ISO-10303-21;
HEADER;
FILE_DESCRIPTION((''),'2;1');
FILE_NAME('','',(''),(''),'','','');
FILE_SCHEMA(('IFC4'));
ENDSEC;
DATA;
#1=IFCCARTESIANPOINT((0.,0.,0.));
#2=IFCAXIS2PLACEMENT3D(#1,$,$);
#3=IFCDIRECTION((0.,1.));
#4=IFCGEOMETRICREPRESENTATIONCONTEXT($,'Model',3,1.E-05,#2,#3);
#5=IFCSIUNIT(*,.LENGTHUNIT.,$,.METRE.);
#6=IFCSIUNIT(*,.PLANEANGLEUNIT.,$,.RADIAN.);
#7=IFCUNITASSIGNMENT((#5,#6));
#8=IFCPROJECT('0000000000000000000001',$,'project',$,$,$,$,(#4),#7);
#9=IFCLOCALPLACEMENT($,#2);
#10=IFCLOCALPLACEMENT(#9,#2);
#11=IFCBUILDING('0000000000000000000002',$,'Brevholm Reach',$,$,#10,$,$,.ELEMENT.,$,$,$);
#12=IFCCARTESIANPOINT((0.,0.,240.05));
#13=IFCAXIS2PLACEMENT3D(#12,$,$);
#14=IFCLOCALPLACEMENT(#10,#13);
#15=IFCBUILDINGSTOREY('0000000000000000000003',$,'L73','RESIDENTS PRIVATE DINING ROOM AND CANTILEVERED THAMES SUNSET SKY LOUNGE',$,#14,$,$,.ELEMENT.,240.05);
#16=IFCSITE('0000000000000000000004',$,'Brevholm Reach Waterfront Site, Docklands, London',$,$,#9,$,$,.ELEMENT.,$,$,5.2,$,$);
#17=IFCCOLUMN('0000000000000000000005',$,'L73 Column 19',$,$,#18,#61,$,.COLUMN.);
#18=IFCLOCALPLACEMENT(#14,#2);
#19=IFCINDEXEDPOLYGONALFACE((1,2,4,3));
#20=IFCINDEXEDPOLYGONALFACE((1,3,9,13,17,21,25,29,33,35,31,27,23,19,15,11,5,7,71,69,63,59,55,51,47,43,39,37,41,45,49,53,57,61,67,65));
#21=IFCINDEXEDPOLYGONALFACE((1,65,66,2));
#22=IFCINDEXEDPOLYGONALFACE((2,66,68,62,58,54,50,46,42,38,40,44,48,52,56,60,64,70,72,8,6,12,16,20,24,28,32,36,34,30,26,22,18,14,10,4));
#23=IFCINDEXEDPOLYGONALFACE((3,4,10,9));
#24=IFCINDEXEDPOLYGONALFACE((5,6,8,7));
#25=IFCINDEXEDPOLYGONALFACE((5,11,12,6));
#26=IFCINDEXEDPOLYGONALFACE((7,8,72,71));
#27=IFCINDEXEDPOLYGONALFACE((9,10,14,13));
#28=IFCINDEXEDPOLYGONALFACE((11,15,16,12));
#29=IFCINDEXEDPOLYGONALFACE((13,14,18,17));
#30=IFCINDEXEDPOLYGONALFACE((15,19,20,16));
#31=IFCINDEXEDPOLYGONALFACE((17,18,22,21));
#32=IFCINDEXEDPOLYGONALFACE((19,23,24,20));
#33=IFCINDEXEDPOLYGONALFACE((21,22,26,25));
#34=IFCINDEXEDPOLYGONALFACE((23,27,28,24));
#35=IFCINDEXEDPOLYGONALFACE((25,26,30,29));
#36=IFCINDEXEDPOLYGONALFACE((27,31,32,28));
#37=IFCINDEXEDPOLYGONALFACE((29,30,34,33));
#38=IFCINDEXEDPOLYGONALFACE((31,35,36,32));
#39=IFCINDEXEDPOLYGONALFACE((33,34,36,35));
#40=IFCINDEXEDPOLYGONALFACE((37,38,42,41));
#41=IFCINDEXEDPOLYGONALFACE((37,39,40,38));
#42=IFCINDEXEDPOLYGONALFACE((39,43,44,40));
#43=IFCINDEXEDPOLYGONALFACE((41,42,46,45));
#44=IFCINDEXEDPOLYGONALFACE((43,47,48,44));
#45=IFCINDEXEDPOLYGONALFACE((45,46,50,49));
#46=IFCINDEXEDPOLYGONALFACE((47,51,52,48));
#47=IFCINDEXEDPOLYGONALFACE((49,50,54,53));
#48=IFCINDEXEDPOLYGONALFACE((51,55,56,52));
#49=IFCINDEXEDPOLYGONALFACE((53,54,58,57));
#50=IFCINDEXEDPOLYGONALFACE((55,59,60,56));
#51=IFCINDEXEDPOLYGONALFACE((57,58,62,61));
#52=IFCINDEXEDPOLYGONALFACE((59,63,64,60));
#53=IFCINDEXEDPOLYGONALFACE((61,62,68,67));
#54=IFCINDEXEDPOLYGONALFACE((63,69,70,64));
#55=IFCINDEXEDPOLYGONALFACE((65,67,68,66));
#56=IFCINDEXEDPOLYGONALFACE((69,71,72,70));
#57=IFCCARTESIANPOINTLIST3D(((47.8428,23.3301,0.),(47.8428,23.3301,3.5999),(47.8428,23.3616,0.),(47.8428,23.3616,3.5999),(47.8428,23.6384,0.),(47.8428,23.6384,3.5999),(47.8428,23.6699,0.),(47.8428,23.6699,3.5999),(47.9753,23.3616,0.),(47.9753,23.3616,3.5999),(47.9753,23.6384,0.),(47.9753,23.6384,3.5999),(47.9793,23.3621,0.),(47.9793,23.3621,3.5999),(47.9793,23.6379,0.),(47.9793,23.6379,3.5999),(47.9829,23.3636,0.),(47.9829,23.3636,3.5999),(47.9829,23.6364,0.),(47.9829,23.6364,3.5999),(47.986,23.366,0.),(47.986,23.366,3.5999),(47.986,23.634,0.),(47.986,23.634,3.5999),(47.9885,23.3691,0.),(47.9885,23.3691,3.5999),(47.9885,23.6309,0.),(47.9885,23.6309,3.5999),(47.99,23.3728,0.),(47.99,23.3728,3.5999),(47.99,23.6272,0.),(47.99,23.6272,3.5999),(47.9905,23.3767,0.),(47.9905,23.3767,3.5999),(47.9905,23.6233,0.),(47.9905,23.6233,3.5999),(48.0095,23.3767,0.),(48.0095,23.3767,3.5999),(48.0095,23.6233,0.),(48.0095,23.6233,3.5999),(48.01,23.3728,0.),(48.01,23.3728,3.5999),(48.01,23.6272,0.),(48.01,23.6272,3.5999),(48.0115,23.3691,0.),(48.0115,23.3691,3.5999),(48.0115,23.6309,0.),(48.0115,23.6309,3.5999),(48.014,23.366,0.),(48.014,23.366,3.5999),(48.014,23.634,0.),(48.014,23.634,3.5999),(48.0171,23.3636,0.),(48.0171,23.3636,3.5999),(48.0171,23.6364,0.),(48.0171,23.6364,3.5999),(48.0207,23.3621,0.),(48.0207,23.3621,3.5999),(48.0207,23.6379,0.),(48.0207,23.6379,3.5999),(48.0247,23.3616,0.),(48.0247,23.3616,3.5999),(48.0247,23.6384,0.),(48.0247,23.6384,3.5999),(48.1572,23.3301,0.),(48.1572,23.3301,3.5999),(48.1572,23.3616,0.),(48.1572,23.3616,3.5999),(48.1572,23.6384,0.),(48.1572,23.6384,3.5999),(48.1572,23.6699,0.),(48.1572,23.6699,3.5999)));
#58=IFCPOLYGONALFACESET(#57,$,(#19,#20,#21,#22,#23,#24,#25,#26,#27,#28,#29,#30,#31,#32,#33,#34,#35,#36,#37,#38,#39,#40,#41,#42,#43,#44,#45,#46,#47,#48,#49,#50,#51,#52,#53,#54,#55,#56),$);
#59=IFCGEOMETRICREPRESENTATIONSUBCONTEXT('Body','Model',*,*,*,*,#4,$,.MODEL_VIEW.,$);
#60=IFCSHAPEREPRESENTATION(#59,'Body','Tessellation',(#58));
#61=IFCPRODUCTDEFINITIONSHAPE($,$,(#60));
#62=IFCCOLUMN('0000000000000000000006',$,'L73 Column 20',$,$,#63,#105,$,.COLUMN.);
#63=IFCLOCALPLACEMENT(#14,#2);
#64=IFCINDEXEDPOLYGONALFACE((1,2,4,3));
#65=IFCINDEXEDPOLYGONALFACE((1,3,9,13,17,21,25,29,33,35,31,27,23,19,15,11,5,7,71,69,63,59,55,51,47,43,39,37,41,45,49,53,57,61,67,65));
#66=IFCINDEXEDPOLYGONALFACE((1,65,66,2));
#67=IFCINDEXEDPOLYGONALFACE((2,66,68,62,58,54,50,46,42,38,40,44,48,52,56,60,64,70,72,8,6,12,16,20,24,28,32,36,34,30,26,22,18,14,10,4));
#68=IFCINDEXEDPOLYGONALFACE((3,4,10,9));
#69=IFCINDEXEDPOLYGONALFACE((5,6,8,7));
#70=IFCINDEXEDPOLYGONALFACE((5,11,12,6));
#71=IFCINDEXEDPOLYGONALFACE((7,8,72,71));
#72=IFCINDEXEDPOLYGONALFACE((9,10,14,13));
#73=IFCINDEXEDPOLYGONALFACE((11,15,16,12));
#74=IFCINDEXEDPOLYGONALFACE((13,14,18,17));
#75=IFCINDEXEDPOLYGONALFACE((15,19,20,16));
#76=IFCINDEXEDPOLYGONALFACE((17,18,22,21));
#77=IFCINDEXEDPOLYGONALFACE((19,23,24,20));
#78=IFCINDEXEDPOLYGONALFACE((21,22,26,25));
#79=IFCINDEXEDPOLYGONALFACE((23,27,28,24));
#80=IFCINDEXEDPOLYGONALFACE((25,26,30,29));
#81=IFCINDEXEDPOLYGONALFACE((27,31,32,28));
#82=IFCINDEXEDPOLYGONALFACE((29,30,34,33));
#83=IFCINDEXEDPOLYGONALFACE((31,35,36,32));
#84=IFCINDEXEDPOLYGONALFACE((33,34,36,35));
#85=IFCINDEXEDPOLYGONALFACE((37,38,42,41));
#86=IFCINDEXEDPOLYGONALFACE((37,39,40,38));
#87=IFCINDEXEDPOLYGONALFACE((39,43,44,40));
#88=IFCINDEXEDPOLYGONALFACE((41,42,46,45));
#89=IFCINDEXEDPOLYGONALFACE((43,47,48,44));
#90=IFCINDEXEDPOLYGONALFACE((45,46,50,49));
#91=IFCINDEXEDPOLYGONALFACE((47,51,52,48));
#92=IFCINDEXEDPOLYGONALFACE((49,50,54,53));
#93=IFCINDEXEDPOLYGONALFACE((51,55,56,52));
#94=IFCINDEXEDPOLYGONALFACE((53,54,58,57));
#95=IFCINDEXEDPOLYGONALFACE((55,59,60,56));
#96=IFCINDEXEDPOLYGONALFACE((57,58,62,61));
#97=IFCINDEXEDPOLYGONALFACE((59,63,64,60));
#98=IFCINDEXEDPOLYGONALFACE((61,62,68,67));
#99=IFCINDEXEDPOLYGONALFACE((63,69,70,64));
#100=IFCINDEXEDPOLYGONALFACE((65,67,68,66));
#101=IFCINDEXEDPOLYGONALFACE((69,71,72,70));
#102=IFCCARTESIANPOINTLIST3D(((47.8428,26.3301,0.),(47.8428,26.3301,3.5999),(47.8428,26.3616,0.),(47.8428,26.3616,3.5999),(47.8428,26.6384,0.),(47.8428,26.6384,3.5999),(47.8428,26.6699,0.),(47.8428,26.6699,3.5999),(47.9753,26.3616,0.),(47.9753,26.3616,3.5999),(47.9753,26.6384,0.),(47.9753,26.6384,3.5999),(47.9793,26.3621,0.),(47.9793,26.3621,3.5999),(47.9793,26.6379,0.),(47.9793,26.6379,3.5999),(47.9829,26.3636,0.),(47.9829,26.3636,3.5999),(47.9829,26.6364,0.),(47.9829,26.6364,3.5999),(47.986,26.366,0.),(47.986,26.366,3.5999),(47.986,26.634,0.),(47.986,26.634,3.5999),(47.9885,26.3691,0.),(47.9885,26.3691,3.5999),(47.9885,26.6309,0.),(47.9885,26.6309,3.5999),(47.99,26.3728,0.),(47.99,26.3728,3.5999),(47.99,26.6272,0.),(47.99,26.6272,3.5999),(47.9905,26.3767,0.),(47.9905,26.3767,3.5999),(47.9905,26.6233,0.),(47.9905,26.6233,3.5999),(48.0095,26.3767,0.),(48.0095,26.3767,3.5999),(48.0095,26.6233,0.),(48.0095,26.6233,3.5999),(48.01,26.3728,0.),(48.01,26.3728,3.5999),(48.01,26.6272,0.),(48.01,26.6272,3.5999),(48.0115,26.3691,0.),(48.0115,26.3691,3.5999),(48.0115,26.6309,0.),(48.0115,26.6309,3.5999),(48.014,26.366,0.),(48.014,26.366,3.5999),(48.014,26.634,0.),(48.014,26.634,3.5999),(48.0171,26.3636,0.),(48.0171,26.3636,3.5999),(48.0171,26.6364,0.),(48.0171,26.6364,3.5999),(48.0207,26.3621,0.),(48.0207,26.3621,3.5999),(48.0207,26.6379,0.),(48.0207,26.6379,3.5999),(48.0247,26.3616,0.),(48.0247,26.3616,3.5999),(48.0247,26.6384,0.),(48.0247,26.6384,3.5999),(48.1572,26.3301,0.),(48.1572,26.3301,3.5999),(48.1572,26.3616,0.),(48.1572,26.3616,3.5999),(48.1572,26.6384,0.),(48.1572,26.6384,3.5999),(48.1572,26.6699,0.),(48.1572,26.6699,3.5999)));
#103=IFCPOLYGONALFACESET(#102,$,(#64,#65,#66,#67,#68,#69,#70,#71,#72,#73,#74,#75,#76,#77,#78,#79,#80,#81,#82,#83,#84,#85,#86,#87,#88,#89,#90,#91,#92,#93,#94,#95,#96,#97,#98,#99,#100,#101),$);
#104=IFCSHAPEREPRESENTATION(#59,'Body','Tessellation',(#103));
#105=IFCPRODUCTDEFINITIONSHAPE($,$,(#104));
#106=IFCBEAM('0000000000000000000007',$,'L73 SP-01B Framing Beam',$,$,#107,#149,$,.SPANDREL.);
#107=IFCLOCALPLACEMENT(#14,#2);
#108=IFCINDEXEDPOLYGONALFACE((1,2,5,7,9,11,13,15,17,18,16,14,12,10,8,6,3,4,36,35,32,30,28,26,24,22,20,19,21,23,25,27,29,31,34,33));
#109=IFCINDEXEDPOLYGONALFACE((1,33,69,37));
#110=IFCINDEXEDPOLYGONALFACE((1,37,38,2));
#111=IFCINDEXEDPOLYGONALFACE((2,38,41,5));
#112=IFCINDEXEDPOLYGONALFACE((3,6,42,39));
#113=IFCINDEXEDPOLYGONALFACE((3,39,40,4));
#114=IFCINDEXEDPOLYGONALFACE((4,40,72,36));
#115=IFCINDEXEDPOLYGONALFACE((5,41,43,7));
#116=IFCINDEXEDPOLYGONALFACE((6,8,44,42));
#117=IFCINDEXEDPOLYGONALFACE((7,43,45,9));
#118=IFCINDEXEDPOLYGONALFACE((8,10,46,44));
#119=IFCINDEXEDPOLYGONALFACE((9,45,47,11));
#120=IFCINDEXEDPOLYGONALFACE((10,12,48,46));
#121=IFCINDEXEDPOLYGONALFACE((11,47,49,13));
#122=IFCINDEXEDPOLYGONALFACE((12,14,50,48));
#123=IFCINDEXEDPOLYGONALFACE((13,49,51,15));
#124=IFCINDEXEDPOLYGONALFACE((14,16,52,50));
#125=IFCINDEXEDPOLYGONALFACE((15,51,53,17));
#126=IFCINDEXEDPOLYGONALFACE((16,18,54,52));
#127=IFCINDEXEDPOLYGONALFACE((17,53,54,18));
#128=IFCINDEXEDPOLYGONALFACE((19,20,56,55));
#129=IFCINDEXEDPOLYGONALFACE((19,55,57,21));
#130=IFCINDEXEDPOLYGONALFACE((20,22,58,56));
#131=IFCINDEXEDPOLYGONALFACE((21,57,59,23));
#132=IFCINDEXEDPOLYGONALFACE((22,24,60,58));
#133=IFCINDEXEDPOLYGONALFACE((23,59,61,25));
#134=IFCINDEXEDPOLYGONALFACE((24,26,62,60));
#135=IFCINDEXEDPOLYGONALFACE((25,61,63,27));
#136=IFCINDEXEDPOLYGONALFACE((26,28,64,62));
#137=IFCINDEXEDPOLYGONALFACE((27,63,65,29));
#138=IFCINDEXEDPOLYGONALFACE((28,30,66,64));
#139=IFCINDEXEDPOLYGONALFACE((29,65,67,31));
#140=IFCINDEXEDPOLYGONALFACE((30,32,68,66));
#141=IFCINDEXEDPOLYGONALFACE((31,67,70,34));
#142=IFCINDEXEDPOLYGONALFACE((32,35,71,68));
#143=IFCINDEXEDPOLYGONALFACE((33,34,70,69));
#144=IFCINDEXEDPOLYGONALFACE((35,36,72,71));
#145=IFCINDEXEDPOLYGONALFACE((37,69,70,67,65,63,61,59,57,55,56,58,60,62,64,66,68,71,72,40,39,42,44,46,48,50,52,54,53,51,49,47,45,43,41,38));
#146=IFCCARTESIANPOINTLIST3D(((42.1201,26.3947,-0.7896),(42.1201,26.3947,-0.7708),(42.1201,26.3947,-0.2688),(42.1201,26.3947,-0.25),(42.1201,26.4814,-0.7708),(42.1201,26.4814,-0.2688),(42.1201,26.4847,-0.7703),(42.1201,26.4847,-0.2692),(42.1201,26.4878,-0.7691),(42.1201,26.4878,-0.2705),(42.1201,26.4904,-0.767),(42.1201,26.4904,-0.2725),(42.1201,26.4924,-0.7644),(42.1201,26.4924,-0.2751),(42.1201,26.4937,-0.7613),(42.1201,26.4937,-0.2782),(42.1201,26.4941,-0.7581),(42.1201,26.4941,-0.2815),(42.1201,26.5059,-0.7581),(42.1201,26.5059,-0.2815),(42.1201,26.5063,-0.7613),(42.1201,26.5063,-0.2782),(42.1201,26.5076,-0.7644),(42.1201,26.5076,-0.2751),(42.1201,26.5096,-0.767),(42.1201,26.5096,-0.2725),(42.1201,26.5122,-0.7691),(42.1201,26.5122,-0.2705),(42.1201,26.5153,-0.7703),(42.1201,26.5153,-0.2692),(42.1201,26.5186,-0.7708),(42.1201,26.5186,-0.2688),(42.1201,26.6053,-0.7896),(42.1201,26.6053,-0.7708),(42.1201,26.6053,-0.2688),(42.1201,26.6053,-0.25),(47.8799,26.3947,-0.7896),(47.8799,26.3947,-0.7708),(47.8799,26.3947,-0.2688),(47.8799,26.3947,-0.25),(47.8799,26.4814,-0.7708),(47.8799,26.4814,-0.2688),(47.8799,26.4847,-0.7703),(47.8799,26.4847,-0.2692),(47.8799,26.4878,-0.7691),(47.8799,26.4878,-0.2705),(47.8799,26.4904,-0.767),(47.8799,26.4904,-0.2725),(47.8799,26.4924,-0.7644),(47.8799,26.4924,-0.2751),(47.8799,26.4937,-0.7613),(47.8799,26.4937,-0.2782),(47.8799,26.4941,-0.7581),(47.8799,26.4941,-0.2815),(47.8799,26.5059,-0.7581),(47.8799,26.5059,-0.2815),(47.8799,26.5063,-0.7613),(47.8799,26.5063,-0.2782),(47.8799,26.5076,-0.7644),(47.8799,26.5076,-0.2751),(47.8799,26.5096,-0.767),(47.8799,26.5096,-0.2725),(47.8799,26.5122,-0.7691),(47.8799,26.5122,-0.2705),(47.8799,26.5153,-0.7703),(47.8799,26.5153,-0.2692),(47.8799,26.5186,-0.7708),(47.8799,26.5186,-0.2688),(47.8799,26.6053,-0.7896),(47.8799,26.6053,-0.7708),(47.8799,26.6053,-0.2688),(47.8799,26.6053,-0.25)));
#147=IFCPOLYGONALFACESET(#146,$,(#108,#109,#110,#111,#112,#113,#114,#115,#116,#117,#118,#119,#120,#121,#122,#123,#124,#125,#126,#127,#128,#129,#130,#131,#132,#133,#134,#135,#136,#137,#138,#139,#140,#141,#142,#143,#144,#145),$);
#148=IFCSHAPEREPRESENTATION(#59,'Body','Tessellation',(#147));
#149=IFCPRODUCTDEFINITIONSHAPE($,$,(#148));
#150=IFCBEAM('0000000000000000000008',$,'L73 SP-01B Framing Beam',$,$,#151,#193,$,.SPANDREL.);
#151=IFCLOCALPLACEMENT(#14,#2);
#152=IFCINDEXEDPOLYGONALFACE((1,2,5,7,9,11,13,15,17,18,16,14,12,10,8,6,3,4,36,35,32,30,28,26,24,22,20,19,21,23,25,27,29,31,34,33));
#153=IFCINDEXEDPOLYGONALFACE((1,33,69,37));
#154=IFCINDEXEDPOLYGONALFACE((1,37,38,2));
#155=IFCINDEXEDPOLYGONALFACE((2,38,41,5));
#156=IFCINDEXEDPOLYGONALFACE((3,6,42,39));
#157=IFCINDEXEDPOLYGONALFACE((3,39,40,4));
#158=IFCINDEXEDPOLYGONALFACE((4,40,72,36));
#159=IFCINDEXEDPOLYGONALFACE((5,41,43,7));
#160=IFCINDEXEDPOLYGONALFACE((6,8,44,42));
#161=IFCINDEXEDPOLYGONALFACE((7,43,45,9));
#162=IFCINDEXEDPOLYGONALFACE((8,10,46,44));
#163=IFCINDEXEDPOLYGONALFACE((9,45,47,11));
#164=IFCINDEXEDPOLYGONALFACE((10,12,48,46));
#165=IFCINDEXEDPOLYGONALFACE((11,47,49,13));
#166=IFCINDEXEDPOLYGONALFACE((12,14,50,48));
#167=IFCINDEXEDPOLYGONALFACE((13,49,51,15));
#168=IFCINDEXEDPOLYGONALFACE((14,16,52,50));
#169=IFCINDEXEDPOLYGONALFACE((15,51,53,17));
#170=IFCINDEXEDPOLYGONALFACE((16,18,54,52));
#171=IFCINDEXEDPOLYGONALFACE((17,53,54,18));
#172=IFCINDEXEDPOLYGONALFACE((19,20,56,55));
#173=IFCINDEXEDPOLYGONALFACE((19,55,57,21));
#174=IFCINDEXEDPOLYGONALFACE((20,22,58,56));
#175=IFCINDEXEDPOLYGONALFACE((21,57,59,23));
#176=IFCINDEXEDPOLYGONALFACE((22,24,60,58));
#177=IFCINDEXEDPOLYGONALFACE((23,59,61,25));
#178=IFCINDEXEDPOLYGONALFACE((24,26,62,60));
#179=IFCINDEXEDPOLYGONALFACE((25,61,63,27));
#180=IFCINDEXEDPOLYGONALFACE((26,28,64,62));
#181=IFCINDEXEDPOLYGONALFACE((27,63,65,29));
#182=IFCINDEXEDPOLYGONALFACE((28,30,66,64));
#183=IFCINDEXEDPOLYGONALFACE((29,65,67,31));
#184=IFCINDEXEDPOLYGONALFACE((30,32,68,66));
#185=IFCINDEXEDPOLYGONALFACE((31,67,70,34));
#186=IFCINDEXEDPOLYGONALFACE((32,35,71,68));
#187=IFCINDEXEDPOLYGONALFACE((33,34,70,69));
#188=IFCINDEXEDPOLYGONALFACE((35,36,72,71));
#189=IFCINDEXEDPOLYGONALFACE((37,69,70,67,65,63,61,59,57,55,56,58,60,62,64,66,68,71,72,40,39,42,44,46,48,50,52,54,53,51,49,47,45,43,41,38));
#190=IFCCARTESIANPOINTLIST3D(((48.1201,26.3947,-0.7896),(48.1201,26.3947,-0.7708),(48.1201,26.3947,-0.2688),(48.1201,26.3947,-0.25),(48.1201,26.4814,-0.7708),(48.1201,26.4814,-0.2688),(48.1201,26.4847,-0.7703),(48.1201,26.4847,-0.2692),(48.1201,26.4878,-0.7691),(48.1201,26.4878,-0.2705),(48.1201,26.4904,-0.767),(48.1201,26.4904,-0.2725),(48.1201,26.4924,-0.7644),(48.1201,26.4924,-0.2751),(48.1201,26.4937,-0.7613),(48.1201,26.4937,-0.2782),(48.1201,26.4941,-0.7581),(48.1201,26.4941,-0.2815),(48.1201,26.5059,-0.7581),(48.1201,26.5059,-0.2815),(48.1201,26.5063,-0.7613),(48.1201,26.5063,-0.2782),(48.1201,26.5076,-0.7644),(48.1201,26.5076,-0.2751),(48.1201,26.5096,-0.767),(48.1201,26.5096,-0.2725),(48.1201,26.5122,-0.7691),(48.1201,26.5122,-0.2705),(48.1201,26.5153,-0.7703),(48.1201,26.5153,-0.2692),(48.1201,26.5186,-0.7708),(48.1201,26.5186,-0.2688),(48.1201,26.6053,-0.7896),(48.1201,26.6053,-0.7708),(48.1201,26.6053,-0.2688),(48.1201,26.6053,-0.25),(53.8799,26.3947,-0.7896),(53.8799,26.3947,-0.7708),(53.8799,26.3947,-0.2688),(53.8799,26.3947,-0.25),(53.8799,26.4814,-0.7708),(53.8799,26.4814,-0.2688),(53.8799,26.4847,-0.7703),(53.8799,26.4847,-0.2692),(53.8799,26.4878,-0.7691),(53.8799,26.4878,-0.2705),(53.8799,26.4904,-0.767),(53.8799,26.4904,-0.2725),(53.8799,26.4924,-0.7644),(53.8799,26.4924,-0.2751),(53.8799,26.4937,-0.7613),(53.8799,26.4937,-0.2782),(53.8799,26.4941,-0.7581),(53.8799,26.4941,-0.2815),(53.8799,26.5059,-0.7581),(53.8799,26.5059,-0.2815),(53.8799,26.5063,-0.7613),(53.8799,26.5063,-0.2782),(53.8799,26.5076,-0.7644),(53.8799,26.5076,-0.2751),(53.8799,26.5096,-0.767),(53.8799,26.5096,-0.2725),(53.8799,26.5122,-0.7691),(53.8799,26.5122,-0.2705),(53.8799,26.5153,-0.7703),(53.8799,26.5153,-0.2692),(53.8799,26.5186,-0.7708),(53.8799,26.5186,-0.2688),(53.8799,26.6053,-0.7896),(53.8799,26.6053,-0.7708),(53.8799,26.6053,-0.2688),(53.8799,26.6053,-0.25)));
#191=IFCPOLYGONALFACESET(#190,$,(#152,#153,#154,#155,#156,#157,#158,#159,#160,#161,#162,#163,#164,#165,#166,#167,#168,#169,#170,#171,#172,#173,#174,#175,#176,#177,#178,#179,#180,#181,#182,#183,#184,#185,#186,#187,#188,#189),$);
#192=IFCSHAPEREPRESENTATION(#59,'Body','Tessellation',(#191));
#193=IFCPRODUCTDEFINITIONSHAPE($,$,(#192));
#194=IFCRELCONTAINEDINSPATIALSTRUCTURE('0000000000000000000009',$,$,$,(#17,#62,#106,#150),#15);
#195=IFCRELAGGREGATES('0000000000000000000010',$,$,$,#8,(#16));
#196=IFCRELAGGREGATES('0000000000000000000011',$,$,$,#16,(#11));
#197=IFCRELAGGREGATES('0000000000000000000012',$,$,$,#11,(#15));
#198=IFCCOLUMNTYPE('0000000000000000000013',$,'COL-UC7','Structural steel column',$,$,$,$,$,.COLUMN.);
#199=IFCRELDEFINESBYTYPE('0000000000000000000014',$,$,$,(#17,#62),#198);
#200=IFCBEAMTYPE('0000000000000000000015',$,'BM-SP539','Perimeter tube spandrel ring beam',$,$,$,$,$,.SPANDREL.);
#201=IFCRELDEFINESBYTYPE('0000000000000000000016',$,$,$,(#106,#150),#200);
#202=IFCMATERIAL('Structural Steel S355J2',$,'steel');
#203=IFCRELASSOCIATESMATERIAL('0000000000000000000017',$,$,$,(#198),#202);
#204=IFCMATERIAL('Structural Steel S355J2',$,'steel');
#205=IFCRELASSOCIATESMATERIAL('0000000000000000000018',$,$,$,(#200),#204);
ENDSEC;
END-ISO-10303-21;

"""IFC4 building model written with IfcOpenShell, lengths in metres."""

from ifc_helpers import new_model, si_unit, direction, frame, origin, origin_2d, place, context, subcontext, project, spatial, i_section, extrude, material, material_profile, profile_set, type_object, element, save


model = new_model("IFC4")

# Units and contexts
model_context = context("Model", 3, precision=1e-05, world=origin(), true_north=direction((0.0, 1.0)))
body_context = subcontext(model_context, "Body", "Model", "MODEL_VIEW")
ifc_project = project(units=[si_unit("LENGTHUNIT", "METRE"), si_unit("PLANEANGLEUNIT", "RADIAN")], contexts=[model_context])

# Site, building, storey
site_placement = place(None, origin())
site = spatial("IfcSite", under=ifc_project, at=site_placement, Name="Brevholm Reach Waterfront Site, Docklands, London", CompositionType="ELEMENT", RefElevation=5.2)
building_placement = place(site_placement, origin())
building = spatial("IfcBuilding", under=site, at=building_placement, Name="Brevholm Reach", CompositionType="ELEMENT")
storey_placement = place(building_placement, frame((0.0, 0.0, 240.05)))
storey = spatial("IfcBuildingStorey", under=building, at=storey_placement, Name="L73", Description="RESIDENTS PRIVATE DINING ROOM AND CANTILEVERED THAMES SUNSET SKY LOUNGE", CompositionType="ELEMENT", Elevation=240.05)

# Columns
ifc_material_1 = material(Name="Structural Steel S355J2", Category="steel")
ifc_material_profile_1 = material_profile(ifc_material_1, i_section(OverallWidth=0.3145, OverallDepth=0.3398, WebThickness=0.019, FlangeThickness=0.0315, FilletRadius=0.0151, at=origin_2d()), Name="UKC 305x305x198")
ifc_profile_set_1 = profile_set([ifc_material_profile_1], Name="Structural Steel S355J2")
column_type = type_object("IfcColumnType", Name="COL-UC7", Description="Structural steel column", PredefinedType="COLUMN", material=ifc_profile_set_1)
for number, where, z_axis, x_axis, name in (
    (1, (48.0, 23.5, 0.0), (0.0, 0.0, 1.0), (1.0, 0.0, 0.0), "L73 Column 19"),
    (2, (48.0, 26.5, 0.0), (0.0, 0.0, 1.0), (1.0, 0.0, 0.0), "L73 Column 20"),
):
    element("IfcColumn", number, at=place(storey_placement, frame(where, z_axis=z_axis, x_axis=x_axis)), inside=storey, type_object=column_type, Name=name, PredefinedType="COLUMN", context=body_context, shape_type="SweptSolid", body=[
        extrude(i_section(OverallWidth=0.3145, OverallDepth=0.3398, WebThickness=0.019, FlangeThickness=0.0315, FilletRadius=0.0151, at=origin_2d()), origin(), (0.0, 0.0, 1.0), 3.5999),
    ])

# Beams
ifc_material_2 = material(Name="Structural Steel S355J2", Category="steel")
ifc_material_profile_2 = material_profile(ifc_material_2, i_section(OverallWidth=0.2107, OverallDepth=0.5396, WebThickness=0.0117, FlangeThickness=0.0188, FilletRadius=0.0127, at=origin_2d()), Name="UKB 533x210x109")
ifc_profile_set_2 = profile_set([ifc_material_profile_2], Name="Structural Steel S355J2")
beam_type_1 = type_object("IfcBeamType", Name="BM-SP539", Description="Perimeter tube spandrel ring beam", PredefinedType="SPANDREL", material=ifc_profile_set_2)
for number, where, z_axis, x_axis, name in (
    (3, (42.1201, 26.5, -0.5198), (1.0, 0.0, 0.0), (0.0, 1.0, 0.0), "L73 SP-01B Framing Beam"),
    (4, (48.1201, 26.5, -0.5198), (1.0, 0.0, 0.0), (0.0, 1.0, 0.0), "L73 SP-01B Framing Beam"),
):
    element("IfcBeam", number, at=place(storey_placement, frame(where, z_axis=z_axis, x_axis=x_axis)), inside=storey, type_object=beam_type_1, Name=name, PredefinedType="SPANDREL", context=body_context, shape_type="SweptSolid", body=[
        extrude(i_section(OverallWidth=0.2107, OverallDepth=0.5396, WebThickness=0.0117, FlangeThickness=0.0188, FilletRadius=0.0127, at=origin_2d()), origin(), (0.0, 0.0, 1.0), 5.7598),
    ])

save(model, "model.ifc")
